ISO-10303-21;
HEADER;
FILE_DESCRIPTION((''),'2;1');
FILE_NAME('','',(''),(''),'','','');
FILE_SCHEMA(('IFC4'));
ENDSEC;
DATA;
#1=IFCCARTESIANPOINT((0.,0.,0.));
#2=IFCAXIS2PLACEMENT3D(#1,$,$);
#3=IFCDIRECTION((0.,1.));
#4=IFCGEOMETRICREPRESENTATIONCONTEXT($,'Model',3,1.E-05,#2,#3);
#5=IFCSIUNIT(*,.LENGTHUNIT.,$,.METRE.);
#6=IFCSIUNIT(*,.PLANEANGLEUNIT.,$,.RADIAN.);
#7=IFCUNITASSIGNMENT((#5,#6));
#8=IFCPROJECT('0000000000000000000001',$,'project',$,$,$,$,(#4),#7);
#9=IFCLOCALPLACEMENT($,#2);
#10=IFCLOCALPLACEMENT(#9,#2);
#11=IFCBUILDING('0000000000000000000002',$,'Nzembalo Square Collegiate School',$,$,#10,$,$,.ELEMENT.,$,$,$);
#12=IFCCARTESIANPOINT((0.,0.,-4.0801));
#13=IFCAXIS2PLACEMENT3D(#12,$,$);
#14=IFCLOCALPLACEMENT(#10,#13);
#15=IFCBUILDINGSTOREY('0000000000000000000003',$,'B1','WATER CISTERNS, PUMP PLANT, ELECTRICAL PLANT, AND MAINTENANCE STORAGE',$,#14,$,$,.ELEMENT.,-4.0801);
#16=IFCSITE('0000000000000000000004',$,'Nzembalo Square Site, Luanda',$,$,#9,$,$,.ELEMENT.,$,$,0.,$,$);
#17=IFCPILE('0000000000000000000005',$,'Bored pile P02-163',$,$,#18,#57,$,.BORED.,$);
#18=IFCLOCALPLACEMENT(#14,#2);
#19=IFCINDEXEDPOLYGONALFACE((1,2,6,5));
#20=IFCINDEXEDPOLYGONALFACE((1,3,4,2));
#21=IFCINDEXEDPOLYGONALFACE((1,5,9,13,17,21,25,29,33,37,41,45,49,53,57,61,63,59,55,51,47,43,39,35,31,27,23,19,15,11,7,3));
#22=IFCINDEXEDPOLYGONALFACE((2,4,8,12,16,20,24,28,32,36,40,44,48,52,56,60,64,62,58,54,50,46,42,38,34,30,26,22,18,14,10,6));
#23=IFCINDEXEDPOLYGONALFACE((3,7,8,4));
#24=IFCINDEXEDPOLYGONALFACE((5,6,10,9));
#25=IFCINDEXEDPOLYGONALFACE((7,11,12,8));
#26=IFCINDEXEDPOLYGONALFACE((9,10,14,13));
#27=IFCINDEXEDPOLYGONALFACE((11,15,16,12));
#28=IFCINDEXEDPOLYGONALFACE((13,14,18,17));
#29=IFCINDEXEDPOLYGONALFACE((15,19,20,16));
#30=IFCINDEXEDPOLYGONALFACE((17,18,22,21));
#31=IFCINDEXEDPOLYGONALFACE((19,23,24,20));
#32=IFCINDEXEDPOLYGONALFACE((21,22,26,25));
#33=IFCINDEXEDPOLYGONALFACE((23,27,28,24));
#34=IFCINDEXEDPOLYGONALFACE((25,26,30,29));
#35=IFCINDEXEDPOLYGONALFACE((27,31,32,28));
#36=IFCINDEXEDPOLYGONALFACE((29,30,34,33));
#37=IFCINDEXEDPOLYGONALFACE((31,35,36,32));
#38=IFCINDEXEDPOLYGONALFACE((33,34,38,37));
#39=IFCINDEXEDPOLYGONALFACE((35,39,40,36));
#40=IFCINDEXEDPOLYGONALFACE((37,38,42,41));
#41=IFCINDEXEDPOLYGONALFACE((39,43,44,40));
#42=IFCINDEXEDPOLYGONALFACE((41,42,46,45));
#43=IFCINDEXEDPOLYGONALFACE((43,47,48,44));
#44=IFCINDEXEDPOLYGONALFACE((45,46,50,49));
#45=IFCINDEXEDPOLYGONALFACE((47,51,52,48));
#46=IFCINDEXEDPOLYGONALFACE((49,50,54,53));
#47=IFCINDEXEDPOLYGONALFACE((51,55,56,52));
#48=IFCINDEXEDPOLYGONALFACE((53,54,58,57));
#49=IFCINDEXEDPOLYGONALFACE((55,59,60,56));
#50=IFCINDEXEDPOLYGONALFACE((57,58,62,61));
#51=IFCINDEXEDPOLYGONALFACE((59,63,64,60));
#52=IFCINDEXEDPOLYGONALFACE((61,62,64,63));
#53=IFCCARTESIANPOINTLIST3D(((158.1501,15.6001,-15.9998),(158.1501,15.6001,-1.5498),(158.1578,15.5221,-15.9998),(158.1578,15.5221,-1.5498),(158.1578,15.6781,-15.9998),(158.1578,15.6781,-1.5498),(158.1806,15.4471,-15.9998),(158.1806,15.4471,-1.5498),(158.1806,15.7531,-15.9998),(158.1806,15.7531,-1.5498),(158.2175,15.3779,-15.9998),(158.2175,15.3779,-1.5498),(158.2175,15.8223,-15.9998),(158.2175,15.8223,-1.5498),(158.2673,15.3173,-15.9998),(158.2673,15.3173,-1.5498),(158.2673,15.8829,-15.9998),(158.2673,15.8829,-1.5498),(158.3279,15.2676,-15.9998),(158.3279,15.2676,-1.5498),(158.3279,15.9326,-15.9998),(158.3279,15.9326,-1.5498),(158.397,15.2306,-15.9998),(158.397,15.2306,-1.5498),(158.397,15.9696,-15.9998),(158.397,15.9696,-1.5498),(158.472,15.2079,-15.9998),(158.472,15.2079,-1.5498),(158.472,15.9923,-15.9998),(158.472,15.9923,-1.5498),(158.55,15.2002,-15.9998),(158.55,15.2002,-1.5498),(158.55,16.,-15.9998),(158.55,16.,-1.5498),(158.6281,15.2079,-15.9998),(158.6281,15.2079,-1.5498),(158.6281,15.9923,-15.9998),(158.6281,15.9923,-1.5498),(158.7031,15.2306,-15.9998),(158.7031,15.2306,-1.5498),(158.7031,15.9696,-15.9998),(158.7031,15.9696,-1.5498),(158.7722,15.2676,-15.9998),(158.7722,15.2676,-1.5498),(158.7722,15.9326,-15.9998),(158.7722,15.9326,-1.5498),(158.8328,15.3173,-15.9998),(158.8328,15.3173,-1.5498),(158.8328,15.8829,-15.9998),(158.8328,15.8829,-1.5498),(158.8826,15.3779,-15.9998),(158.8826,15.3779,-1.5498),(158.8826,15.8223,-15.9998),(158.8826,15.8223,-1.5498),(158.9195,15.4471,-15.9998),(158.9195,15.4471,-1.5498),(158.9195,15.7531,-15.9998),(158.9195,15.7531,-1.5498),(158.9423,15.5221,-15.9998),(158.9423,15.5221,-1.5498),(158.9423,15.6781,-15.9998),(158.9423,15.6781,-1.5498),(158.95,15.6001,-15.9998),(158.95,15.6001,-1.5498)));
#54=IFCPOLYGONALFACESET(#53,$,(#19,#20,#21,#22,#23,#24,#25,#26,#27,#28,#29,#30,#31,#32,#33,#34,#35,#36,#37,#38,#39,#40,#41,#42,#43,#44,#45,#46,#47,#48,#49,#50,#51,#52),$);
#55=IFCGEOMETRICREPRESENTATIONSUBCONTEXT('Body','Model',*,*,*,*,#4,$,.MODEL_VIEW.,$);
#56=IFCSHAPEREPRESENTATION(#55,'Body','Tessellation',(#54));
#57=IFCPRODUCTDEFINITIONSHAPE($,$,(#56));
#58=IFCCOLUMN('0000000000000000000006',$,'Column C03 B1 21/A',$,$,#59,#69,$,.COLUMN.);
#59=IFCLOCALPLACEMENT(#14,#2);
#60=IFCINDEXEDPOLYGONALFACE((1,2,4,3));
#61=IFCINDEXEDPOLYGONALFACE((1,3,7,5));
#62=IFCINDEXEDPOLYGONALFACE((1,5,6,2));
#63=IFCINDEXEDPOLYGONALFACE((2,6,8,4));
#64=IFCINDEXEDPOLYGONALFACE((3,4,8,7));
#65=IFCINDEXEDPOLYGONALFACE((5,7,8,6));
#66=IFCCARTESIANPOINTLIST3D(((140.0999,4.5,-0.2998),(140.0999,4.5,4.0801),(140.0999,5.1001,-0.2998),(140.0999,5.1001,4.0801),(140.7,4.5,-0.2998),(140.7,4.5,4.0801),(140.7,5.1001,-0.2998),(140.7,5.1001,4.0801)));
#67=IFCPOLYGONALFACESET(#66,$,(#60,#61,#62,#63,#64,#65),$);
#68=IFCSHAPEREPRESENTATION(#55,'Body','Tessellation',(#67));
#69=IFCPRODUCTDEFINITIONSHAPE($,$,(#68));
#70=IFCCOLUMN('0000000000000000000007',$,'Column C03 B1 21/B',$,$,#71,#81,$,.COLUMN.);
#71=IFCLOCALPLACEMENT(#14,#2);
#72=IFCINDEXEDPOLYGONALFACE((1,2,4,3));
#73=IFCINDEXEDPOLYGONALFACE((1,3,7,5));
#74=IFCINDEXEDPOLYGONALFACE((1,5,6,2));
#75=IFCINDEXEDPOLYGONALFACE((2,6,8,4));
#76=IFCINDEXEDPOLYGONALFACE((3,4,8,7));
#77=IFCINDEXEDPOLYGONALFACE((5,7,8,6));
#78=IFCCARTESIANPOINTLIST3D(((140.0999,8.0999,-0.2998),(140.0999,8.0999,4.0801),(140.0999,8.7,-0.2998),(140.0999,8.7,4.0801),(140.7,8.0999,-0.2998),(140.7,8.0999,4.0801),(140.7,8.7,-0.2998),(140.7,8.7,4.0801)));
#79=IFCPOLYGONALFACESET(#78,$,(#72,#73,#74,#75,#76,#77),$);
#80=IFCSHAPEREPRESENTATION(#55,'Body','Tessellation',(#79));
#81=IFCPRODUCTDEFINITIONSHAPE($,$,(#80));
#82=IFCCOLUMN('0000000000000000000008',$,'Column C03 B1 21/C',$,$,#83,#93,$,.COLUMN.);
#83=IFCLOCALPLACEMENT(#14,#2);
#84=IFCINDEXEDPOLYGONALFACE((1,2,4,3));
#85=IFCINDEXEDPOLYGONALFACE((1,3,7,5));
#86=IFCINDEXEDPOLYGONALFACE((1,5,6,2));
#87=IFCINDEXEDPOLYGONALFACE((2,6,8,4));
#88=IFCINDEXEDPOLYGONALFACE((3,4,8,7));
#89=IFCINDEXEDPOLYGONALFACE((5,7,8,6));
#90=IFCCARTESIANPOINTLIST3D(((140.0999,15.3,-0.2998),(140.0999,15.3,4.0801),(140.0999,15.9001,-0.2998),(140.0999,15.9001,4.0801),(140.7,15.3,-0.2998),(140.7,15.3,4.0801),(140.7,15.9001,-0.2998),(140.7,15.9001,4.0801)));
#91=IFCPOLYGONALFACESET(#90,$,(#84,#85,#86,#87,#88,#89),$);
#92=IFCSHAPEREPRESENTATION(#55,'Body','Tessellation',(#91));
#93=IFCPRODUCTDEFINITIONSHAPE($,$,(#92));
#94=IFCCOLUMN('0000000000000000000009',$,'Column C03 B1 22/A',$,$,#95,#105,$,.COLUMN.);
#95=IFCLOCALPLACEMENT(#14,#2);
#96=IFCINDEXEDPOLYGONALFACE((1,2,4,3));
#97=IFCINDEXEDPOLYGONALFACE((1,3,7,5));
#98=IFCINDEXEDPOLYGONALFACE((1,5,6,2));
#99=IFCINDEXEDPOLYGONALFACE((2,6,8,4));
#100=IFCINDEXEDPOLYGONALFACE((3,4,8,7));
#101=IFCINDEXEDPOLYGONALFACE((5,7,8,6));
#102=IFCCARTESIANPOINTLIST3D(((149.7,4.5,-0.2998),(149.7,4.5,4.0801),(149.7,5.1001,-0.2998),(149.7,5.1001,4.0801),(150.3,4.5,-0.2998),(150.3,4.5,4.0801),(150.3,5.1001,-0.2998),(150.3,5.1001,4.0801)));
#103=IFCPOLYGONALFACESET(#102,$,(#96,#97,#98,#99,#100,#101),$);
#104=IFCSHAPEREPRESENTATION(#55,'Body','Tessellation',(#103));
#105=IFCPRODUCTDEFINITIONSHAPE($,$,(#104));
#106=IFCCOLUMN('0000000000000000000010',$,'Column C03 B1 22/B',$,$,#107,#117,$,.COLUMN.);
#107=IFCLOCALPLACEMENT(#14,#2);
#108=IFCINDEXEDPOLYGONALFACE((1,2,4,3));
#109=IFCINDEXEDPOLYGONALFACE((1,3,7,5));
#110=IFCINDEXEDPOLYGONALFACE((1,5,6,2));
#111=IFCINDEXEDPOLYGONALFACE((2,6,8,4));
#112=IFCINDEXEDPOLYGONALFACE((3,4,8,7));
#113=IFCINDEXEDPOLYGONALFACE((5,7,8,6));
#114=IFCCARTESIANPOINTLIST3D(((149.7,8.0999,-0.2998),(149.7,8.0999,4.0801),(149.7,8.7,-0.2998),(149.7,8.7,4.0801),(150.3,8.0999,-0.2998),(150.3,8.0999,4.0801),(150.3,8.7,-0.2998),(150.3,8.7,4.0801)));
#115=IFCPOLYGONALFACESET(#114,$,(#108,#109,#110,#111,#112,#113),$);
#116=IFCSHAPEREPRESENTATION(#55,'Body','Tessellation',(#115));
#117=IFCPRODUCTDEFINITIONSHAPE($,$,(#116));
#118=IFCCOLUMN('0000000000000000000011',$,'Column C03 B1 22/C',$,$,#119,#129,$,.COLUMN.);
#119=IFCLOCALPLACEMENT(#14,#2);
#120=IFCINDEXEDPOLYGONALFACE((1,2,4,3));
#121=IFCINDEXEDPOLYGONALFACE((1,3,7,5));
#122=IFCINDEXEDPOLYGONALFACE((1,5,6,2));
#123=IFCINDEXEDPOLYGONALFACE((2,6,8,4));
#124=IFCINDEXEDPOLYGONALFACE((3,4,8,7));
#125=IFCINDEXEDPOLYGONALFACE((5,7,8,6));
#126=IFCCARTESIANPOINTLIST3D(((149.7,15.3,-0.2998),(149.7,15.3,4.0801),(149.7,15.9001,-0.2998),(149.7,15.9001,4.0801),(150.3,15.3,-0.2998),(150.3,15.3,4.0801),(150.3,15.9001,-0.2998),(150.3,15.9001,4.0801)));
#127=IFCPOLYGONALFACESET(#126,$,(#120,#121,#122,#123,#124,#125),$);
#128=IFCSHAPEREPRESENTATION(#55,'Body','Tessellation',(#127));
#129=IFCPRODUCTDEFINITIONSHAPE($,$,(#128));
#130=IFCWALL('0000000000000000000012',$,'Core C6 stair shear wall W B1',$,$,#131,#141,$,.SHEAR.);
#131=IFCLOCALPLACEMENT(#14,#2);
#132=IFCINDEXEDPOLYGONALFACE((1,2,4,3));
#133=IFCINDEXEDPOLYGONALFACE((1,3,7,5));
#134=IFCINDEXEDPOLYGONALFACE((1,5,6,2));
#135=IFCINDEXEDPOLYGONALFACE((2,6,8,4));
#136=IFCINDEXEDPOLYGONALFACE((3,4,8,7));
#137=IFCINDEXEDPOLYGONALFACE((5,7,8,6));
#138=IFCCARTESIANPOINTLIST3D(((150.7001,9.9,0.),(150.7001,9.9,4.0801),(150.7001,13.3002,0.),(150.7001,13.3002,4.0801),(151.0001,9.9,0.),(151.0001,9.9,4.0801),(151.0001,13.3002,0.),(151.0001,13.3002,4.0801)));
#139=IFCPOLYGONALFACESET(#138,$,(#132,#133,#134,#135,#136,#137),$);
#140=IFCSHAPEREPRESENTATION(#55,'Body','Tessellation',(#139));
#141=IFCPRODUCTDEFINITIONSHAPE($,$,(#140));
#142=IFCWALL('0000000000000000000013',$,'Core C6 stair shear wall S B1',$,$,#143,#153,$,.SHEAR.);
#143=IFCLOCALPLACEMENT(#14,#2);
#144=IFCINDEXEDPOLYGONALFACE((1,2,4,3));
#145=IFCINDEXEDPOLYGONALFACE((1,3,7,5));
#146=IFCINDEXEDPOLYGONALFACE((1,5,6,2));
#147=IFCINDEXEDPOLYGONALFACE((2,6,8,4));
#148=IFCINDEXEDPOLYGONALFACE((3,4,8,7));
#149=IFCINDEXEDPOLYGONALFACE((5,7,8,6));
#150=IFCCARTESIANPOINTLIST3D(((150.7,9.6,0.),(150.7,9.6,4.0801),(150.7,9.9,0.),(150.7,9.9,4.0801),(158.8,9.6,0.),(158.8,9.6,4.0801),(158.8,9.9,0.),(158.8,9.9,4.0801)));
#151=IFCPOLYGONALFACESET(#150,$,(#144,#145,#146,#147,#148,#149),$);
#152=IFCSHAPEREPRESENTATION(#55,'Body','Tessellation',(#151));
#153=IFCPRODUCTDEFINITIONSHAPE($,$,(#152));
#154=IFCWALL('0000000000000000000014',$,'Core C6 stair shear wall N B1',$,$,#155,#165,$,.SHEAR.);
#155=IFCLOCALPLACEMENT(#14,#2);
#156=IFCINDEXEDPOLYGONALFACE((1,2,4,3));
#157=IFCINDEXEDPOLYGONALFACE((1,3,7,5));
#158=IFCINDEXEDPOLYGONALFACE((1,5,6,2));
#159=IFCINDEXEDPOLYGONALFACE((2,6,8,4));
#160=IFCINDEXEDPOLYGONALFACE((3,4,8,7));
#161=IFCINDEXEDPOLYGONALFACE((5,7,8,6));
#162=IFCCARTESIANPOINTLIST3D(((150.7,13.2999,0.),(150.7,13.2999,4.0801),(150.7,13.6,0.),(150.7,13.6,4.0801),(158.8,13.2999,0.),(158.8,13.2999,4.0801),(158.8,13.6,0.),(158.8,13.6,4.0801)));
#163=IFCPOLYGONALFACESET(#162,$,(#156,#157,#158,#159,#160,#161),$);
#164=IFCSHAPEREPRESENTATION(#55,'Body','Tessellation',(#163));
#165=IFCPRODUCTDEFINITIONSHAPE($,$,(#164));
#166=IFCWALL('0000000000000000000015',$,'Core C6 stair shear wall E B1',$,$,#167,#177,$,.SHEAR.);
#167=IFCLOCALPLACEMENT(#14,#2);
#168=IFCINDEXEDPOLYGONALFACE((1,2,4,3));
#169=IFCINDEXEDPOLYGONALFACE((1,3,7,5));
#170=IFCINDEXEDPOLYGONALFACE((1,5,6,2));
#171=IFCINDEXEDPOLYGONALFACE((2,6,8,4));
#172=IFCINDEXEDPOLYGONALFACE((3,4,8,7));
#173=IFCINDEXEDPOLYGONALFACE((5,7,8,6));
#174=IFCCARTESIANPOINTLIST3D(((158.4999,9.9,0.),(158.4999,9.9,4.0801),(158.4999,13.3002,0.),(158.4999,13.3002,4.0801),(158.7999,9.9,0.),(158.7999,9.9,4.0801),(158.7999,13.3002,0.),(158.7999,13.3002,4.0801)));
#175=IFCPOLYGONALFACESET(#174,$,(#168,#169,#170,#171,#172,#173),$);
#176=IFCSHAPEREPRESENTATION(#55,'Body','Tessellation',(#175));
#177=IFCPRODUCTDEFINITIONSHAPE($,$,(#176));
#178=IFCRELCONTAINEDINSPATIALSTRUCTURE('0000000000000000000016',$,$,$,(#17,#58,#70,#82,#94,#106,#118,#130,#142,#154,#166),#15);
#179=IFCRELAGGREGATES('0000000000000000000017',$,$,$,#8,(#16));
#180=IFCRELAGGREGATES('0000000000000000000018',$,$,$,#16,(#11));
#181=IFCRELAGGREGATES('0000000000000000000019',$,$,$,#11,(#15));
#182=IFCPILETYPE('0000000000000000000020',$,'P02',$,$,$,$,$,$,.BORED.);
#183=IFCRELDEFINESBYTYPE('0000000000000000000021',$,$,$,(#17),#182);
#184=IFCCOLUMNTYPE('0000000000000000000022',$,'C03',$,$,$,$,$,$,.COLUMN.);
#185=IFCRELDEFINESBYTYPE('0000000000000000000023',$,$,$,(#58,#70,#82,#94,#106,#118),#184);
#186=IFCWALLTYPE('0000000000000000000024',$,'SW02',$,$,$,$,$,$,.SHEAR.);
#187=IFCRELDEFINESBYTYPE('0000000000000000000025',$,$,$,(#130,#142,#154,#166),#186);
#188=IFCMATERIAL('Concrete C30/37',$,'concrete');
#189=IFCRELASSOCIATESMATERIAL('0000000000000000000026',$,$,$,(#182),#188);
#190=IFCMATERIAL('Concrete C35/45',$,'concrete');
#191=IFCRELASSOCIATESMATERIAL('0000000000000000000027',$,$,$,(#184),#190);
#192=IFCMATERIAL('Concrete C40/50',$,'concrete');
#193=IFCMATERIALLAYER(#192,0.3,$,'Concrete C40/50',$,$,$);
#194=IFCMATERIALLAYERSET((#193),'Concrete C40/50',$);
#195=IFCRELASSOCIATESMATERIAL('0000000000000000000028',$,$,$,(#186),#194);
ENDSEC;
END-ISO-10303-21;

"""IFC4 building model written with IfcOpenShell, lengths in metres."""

from ifc_helpers import new_model, si_unit, direction, frame, frame_2d, origin, origin_2d, place, context, subcontext, project, spatial, rectangle, circle, extrude, material, layer, layer_set, material_profile, profile_set, type_object, element, save


model = new_model("IFC4")

# Units and contexts
model_context = context("Model", 3, precision=1e-05, world=origin(), true_north=direction((0.0, 1.0)))
body_context = subcontext(model_context, "Body", "Model", "MODEL_VIEW")
ifc_project = project(units=[si_unit("LENGTHUNIT", "METRE"), si_unit("PLANEANGLEUNIT", "RADIAN")], contexts=[model_context])

# Site, building, storey
site_placement = place(None, origin())
site = spatial("IfcSite", under=ifc_project, at=site_placement, Name="Nzembalo Square Site, Luanda", CompositionType="ELEMENT", RefElevation=0.0)
building_placement = place(site_placement, origin())
building = spatial("IfcBuilding", under=site, at=building_placement, Name="Nzembalo Square Collegiate School", CompositionType="ELEMENT")
storey_placement = place(building_placement, frame((0.0, 0.0, -4.0801)))
storey = spatial("IfcBuildingStorey", under=building, at=storey_placement, Name="B1", Description="WATER CISTERNS, PUMP PLANT, ELECTRICAL PLANT, AND MAINTENANCE STORAGE", CompositionType="ELEMENT", Elevation=-4.0801)

# Pile
ifc_material_1 = material(Name="Concrete C30/37", Category="concrete")
ifc_material_profile_1 = material_profile(ifc_material_1, circle(Radius=0.3999, at=origin_2d()), Name="PILE D800")
ifc_profile_set_1 = profile_set([ifc_material_profile_1], Name="Concrete C30/37")
pile_type = type_object("IfcPileType", Name="P02", PredefinedType="BORED", material=ifc_profile_set_1)
for number, where, z_axis, x_axis, name in (
    (1, (158.55, 15.6001, -1.5498), (0.0, 0.0, -1.0), (1.0, 0.0, 0.0), "Bored pile P02-163"),
):
    element("IfcPile", number, at=place(storey_placement, frame(where, z_axis=z_axis, x_axis=x_axis)), inside=storey, type_object=pile_type, Name=name, PredefinedType="BORED", context=body_context, shape_type="SweptSolid", body=[
        extrude(circle(Radius=0.3999, at=origin_2d()), origin(), (0.0, 0.0, 1.0), 14.45),
    ])

# Columns
ifc_material_2 = material(Name="Concrete C35/45", Category="concrete")
ifc_material_profile_2 = material_profile(ifc_material_2, rectangle(XDim=0.6001, YDim=0.6001, at=origin_2d()), Name="RC 600x600")
ifc_profile_set_2 = profile_set([ifc_material_profile_2], Name="Concrete C35/45")
column_type = type_object("IfcColumnType", Name="C03", PredefinedType="COLUMN", material=ifc_profile_set_2)
for number, where, z_axis, x_axis, name in (
    (2, (140.3999, 4.8, -0.2998), (0.0, 0.0, 1.0), (1.0, 0.0, 0.0), "Column C03 B1 21/A"),
    (3, (140.3999, 8.3999, -0.2998), (0.0, 0.0, 1.0), (1.0, 0.0, 0.0), "Column C03 B1 21/B"),
    (4, (140.3999, 15.6001, -0.2998), (0.0, 0.0, 1.0), (1.0, 0.0, 0.0), "Column C03 B1 21/C"),
    (5, (150.0, 4.8, -0.2998), (0.0, 0.0, 1.0), (1.0, 0.0, 0.0), "Column C03 B1 22/A"),
    (6, (150.0, 8.3999, -0.2998), (0.0, 0.0, 1.0), (1.0, 0.0, 0.0), "Column C03 B1 22/B"),
    (7, (150.0, 15.6001, -0.2998), (0.0, 0.0, 1.0), (1.0, 0.0, 0.0), "Column C03 B1 22/C"),
):
    element("IfcColumn", number, at=place(storey_placement, frame(where, z_axis=z_axis, x_axis=x_axis)), inside=storey, type_object=column_type, Name=name, PredefinedType="COLUMN", context=body_context, shape_type="SweptSolid", body=[
        extrude(rectangle(XDim=0.6001, YDim=0.6001, at=origin_2d()), origin(), (0.0, 0.0, 1.0), 4.3799),
    ])

# Walls
ifc_material_3 = material(Name="Concrete C40/50", Category="concrete")
ifc_layer = layer(ifc_material_3, 0.3, Name="Concrete C40/50")
ifc_layer_set = layer_set([ifc_layer], Name="Concrete C40/50")
wall_type = type_object("IfcWallType", Name="SW02", PredefinedType="SHEAR", material=ifc_layer_set)
wall_1_placement = place(storey_placement, frame((150.8501, 9.8999, 0.0), z_axis=(0.0, 0.0, 1.0), x_axis=(0.0, 1.0, 0.0)))
element("IfcWall", 8, at=wall_1_placement, inside=storey, type_object=wall_type, Name="Core C6 stair shear wall W B1", PredefinedType="SHEAR", context=body_context, shape_type="SweptSolid", body=[
    extrude(rectangle(XDim=3.4001, YDim=0.3, at=frame_2d((1.7002, 0.0))), origin(), (0.0, 0.0, 1.0), 4.0801),
])
for number, where, z_axis, x_axis, name in (
    (9, (150.7, 9.75, 0.0), (0.0, 0.0, 1.0), (1.0, 0.0, 0.0), "Core C6 stair shear wall S B1"),
    (10, (150.7, 13.45, 0.0), (0.0, 0.0, 1.0), (1.0, 0.0, 0.0), "Core C6 stair shear wall N B1"),
):
    element("IfcWall", number, at=place(storey_placement, frame(where, z_axis=z_axis, x_axis=x_axis)), inside=storey, type_object=wall_type, Name=name, PredefinedType="SHEAR", context=body_context, shape_type="SweptSolid", body=[
        extrude(rectangle(XDim=8.1001, YDim=0.3, at=frame_2d((4.05, 0.0))), origin(), (0.0, 0.0, 1.0), 4.0801),
    ])
wall_2_placement = place(storey_placement, frame((158.6499, 9.8999, 0.0), z_axis=(0.0, 0.0, 1.0), x_axis=(0.0, 1.0, 0.0)))
element("IfcWall", 11, at=wall_2_placement, inside=storey, type_object=wall_type, Name="Core C6 stair shear wall E B1", PredefinedType="SHEAR", context=body_context, shape_type="SweptSolid", body=[
    extrude(rectangle(XDim=3.4001, YDim=0.3, at=frame_2d((1.7002, 0.0))), origin(), (0.0, 0.0, 1.0), 4.0801),
])

save(model, "model.ifc")
